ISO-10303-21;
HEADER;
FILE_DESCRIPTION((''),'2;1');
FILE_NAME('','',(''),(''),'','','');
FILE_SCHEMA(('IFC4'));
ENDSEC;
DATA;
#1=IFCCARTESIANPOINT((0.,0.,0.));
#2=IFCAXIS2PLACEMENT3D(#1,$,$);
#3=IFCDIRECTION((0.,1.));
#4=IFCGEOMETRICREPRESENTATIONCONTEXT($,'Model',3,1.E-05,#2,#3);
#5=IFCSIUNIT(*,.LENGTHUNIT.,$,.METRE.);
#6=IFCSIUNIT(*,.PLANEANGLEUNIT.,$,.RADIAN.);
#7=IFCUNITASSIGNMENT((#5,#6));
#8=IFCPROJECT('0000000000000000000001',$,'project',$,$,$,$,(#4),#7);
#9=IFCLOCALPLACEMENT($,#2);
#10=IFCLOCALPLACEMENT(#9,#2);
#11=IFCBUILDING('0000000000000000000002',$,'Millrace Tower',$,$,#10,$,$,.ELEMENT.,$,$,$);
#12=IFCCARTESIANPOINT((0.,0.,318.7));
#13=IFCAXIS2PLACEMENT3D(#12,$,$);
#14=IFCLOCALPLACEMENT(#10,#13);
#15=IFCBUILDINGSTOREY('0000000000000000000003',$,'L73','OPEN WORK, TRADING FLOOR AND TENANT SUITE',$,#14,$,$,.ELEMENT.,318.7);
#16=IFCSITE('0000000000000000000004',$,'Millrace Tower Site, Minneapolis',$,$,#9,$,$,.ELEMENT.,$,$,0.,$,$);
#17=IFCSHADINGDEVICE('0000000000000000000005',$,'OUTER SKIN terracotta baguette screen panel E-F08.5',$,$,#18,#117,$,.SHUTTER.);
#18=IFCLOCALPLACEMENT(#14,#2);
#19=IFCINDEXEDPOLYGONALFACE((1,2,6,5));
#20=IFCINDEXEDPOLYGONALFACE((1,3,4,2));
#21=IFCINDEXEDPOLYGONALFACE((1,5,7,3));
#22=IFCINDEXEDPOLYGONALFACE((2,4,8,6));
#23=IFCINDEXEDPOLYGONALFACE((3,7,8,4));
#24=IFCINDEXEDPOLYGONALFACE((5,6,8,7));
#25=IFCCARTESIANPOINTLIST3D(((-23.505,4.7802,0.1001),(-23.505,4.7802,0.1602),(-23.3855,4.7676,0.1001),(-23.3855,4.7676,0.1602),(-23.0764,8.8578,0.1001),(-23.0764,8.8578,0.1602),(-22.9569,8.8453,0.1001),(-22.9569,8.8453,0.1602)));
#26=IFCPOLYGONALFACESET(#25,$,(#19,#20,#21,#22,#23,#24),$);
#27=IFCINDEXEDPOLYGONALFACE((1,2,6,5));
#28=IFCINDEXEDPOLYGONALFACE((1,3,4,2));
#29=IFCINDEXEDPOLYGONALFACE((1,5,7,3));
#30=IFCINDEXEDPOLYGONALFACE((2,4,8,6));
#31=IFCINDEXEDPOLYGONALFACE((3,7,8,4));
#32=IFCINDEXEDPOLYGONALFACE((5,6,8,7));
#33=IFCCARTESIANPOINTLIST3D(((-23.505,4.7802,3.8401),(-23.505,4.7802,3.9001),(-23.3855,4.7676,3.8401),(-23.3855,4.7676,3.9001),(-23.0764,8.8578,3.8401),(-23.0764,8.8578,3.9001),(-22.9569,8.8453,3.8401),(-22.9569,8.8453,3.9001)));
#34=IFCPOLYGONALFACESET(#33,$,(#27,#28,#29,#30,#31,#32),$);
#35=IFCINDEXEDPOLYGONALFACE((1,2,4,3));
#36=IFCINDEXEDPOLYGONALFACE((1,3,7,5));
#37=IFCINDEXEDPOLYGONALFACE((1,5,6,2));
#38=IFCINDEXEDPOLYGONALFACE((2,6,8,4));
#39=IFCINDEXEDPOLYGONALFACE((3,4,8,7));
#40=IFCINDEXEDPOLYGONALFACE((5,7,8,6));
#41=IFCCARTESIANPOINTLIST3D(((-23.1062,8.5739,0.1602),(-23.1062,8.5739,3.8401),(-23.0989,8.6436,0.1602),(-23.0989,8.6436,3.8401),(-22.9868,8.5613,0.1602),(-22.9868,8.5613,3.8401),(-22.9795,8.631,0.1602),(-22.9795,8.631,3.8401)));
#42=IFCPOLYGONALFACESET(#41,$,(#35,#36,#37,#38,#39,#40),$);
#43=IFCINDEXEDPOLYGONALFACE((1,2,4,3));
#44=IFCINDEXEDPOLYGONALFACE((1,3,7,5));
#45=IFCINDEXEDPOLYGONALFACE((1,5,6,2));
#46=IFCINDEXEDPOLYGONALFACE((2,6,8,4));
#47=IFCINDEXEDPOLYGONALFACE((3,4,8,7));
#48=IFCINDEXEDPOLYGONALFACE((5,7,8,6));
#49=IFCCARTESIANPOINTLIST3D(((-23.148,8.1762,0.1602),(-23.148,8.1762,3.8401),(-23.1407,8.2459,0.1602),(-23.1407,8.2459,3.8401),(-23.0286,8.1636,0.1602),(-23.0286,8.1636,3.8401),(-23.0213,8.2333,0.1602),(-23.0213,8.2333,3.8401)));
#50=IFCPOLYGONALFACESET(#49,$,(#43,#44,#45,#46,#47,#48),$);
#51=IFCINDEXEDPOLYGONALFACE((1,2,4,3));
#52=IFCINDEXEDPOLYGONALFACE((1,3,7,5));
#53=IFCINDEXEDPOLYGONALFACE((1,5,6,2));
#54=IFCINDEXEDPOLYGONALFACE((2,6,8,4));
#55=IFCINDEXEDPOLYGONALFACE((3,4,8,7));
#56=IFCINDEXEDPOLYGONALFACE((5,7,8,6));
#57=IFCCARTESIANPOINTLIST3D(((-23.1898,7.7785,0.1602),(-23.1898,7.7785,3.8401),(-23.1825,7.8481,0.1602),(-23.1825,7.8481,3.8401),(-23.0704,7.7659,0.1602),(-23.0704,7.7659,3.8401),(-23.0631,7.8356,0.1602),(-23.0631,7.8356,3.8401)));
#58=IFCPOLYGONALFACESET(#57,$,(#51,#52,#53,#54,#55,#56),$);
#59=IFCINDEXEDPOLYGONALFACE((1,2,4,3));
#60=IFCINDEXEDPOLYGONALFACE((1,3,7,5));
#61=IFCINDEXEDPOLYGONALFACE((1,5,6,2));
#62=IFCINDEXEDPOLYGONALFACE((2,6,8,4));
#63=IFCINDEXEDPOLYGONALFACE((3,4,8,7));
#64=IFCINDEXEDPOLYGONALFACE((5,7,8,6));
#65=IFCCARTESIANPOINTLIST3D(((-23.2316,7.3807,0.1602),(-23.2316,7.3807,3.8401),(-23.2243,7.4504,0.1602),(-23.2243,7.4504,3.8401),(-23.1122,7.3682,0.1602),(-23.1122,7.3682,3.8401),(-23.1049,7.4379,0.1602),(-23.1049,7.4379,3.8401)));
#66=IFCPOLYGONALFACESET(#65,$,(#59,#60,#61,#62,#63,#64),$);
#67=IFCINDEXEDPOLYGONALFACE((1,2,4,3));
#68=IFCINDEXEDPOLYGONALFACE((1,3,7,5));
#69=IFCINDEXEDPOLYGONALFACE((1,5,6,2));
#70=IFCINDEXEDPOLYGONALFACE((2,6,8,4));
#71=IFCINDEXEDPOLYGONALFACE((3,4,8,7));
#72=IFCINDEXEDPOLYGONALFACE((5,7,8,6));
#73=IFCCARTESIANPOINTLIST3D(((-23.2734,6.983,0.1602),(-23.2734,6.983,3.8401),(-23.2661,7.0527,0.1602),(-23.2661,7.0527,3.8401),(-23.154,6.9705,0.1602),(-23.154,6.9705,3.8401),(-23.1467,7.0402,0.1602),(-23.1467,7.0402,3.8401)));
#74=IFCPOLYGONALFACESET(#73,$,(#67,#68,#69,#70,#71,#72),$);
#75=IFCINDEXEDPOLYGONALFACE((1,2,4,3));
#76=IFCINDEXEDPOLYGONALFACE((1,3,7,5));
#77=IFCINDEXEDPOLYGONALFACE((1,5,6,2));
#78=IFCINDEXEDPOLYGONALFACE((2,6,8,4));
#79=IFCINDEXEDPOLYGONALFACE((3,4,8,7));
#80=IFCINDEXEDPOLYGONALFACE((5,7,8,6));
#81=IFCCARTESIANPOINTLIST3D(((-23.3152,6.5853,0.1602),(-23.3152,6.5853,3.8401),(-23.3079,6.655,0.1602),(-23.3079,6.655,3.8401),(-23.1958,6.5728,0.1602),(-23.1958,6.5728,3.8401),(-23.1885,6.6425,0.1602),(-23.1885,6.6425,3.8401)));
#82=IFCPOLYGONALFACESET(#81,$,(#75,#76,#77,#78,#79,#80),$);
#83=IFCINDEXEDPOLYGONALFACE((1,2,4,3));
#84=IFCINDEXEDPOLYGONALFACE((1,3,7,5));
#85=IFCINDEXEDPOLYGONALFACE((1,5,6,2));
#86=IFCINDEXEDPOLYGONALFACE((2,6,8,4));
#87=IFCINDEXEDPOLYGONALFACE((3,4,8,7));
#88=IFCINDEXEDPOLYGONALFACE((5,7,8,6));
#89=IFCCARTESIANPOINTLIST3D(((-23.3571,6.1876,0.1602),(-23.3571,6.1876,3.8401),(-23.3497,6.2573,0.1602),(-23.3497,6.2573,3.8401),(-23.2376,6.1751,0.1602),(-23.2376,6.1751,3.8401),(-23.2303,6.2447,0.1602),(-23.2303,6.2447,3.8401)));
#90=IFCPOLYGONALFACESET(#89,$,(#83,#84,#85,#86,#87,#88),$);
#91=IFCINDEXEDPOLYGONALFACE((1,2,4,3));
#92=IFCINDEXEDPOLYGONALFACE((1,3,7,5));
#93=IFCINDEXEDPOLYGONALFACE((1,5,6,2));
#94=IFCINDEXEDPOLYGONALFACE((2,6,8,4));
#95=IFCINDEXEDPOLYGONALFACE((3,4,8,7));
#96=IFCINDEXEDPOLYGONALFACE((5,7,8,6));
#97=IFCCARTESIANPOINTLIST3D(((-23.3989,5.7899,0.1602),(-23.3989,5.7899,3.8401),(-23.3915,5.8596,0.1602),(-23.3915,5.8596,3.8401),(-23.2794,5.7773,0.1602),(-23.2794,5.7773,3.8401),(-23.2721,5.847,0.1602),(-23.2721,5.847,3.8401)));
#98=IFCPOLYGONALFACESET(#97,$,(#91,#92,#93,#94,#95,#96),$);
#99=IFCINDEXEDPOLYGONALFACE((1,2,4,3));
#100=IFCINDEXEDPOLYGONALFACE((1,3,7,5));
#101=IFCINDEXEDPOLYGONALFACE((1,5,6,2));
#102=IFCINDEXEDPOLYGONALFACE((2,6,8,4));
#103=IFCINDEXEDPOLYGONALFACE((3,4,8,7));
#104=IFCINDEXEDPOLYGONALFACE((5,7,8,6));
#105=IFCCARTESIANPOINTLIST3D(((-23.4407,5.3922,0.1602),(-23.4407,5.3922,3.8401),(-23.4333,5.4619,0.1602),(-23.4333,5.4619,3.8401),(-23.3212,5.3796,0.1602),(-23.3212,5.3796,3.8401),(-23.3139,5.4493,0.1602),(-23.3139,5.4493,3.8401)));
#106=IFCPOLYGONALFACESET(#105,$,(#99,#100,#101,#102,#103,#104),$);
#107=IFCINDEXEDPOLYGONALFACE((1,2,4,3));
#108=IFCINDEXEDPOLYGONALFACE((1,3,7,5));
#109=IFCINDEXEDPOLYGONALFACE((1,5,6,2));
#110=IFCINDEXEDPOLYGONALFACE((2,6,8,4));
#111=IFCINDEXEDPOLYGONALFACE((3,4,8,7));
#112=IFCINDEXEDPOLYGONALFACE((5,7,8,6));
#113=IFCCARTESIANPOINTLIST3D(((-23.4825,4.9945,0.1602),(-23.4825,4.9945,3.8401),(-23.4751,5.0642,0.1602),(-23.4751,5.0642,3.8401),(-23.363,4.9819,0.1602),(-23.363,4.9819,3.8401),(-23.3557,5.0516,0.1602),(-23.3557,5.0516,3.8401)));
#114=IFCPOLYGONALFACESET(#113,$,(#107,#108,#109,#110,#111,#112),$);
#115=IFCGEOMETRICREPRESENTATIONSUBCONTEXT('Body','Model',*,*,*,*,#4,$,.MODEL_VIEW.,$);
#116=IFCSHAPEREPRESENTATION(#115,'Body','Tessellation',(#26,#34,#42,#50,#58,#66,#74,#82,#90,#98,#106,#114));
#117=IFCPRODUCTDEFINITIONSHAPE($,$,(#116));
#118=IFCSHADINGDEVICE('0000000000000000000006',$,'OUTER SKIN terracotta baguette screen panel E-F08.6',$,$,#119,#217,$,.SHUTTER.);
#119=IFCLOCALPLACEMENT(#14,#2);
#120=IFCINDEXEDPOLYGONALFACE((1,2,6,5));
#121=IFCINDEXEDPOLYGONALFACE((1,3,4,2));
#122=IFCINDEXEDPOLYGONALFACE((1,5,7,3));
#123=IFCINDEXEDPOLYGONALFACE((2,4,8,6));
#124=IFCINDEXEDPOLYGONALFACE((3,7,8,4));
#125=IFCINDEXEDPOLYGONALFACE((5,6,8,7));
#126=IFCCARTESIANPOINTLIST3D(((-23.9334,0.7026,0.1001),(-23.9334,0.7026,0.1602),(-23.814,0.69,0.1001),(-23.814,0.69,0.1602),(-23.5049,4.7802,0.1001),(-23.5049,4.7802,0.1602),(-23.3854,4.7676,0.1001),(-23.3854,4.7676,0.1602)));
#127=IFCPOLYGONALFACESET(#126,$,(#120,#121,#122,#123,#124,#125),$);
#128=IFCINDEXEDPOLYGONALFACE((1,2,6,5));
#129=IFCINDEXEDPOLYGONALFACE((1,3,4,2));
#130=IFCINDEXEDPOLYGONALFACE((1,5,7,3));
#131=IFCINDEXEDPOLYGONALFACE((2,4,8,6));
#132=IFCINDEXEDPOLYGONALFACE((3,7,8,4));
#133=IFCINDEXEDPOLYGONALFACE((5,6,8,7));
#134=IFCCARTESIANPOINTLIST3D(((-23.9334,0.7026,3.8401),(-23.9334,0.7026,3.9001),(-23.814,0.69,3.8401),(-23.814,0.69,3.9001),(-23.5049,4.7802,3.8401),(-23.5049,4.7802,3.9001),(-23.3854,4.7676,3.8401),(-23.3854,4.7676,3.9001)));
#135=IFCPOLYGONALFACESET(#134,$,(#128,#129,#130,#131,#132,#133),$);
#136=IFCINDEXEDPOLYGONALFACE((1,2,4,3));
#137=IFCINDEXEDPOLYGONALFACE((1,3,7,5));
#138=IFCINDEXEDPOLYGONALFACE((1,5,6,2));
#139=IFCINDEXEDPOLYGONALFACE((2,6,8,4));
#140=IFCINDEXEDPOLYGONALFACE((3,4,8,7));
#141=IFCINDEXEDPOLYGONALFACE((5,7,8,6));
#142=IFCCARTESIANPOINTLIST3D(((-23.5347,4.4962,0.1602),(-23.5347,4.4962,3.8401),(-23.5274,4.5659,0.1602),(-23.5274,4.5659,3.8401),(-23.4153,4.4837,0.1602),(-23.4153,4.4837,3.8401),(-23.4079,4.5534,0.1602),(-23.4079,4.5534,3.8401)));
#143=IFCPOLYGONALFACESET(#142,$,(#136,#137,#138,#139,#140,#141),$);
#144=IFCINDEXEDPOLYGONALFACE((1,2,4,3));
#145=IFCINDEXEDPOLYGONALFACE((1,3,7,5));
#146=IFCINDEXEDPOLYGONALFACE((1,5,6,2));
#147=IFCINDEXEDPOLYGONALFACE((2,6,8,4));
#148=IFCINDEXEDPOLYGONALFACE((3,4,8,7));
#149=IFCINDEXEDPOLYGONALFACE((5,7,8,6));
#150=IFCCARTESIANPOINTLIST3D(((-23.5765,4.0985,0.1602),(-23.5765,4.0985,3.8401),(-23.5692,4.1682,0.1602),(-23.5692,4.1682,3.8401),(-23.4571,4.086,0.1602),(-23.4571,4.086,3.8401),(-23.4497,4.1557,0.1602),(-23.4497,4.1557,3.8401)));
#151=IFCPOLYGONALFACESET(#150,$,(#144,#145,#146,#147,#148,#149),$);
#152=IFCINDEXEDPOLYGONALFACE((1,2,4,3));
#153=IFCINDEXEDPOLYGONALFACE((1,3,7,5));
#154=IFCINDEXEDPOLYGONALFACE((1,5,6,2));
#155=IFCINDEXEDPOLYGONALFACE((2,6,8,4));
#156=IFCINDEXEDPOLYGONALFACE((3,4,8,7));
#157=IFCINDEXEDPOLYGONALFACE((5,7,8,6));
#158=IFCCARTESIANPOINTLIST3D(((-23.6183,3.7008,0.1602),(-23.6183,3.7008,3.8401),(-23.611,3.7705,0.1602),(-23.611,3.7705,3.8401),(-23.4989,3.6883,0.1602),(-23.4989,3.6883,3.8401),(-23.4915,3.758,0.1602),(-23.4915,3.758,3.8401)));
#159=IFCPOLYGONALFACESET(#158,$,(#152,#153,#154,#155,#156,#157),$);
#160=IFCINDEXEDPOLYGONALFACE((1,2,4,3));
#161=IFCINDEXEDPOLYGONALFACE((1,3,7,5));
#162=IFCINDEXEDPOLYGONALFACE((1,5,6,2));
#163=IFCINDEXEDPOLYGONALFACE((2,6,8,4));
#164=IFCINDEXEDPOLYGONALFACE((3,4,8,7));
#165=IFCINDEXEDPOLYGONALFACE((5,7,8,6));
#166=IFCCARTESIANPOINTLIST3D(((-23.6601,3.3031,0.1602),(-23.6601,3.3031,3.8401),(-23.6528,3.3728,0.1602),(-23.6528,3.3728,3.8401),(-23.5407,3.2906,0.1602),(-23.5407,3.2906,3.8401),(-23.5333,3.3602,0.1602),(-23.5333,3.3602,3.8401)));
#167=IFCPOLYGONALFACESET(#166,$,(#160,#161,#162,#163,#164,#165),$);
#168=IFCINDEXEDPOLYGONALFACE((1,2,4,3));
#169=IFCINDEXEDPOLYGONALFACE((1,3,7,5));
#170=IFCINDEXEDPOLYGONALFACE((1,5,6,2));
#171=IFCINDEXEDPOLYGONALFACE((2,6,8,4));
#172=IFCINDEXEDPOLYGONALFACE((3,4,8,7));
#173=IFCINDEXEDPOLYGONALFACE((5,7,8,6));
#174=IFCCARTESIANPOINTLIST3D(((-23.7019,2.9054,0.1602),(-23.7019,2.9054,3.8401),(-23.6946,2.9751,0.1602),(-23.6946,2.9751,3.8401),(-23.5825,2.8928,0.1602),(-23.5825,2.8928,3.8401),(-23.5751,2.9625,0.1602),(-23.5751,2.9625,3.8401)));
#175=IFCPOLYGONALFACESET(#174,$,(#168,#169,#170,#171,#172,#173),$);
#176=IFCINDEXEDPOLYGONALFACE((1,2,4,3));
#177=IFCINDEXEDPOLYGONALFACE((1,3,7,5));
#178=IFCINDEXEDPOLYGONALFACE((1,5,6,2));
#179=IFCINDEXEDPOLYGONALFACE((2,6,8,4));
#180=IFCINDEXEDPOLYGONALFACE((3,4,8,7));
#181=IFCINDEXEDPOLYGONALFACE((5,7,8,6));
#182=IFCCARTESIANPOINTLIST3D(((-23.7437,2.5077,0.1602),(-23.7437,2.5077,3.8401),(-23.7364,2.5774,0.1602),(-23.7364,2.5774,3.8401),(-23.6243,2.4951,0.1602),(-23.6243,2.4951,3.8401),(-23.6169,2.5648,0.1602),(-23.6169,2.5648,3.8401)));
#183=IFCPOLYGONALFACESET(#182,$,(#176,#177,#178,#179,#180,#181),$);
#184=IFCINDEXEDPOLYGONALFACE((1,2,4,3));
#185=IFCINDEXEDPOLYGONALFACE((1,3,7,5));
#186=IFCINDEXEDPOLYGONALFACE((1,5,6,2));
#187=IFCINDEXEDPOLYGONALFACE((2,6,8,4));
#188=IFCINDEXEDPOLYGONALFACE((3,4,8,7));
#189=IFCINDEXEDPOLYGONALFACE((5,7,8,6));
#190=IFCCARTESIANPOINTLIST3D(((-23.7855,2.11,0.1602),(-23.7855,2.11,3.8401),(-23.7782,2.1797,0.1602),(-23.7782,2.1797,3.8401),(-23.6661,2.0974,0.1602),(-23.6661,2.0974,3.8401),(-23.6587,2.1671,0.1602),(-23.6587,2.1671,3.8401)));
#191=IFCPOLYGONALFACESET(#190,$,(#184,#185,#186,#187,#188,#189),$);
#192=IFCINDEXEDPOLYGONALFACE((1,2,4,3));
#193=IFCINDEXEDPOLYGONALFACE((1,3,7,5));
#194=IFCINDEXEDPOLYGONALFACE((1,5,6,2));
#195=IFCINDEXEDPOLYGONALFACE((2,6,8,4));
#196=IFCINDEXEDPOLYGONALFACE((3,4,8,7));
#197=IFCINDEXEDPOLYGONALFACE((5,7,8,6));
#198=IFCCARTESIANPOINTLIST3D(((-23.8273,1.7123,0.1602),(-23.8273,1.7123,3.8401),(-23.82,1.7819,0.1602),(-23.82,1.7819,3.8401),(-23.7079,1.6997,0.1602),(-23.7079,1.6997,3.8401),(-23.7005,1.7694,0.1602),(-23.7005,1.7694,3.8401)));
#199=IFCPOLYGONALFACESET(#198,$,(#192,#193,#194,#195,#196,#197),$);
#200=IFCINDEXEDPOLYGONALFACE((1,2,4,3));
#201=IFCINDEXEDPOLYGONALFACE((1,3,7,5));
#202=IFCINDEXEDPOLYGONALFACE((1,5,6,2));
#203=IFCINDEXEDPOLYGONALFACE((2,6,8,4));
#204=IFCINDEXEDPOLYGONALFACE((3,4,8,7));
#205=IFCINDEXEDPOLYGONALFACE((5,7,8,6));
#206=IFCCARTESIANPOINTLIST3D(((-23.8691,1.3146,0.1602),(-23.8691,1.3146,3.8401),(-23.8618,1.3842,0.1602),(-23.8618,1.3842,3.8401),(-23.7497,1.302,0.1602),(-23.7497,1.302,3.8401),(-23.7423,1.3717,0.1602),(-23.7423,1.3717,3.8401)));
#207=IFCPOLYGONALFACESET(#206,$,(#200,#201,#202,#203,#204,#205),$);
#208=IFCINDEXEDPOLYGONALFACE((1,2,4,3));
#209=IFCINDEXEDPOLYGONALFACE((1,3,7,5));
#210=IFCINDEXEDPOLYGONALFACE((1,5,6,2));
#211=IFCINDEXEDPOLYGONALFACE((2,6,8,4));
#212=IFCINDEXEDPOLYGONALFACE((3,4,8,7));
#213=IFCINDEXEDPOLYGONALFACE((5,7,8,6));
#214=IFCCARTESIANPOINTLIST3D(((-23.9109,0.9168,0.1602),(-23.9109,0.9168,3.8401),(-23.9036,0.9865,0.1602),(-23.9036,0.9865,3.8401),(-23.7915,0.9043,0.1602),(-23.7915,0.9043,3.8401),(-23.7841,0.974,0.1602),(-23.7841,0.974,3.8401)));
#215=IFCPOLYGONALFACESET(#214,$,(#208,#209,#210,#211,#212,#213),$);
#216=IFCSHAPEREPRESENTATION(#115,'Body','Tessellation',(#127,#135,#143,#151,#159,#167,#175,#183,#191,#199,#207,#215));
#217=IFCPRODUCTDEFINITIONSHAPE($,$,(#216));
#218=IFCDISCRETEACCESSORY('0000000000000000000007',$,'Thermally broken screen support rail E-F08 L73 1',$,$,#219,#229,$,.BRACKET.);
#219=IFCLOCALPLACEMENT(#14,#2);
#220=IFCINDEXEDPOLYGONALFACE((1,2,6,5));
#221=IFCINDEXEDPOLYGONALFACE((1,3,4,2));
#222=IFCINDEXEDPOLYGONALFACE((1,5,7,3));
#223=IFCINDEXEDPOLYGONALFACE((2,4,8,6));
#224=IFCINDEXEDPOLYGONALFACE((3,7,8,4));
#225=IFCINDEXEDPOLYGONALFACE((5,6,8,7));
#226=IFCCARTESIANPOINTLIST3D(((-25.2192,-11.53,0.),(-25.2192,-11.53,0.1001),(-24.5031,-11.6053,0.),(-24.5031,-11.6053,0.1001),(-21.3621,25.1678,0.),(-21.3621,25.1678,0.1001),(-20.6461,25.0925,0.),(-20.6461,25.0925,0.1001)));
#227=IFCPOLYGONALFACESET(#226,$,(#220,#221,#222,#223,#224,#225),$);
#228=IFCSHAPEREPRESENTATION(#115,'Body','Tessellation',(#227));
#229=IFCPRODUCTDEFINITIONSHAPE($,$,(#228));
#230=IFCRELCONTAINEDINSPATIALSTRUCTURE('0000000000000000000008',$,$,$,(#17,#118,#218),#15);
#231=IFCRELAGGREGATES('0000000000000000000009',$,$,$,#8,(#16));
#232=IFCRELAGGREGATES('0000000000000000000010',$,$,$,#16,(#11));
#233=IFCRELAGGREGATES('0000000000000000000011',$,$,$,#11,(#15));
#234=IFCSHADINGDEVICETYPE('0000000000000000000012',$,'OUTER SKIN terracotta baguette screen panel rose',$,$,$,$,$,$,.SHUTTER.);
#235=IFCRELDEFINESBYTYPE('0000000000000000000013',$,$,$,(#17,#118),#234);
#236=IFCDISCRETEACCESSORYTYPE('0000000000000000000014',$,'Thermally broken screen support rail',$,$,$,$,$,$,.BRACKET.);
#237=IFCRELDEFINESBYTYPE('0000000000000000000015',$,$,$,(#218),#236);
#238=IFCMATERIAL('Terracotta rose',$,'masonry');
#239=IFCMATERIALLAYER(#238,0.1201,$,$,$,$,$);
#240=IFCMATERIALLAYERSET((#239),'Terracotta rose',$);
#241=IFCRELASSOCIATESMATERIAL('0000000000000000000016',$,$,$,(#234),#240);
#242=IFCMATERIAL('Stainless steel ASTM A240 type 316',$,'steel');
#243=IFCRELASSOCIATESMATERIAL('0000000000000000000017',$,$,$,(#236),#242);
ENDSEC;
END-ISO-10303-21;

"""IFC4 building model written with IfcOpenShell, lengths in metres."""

from ifc_helpers import new_model, entity, si_unit, direction, frame, frame_2d, origin, origin_2d, place, context, subcontext, project, spatial, rectangle, extrude, source, transform, mapped, material, layer, layer_set, type_object, element, save


model = new_model("IFC4")

# Units and contexts
model_context = context("Model", 3, precision=1e-05, world=origin(), true_north=direction((0.0, 1.0)))
body_context = subcontext(model_context, "Body", "Model", "MODEL_VIEW")
ifc_project = project(units=[si_unit("LENGTHUNIT", "METRE"), si_unit("PLANEANGLEUNIT", "RADIAN")], contexts=[model_context])

# Site, building, storey
site_placement = place(None, origin())
site = spatial("IfcSite", under=ifc_project, at=site_placement, Name="Millrace Tower Site, Minneapolis", CompositionType="ELEMENT", RefElevation=0.0)
building_placement = place(site_placement, origin())
building = spatial("IfcBuilding", under=site, at=building_placement, Name="Millrace Tower", CompositionType="ELEMENT")
storey_placement = place(building_placement, frame((0.0, 0.0, 318.7)))
storey = spatial("IfcBuildingStorey", under=building, at=storey_placement, Name="L73", Description="OPEN WORK, TRADING FLOOR AND TENANT SUITE", CompositionType="ELEMENT", Elevation=318.7)

# Shading devices
ifc_material_1 = material(Name="Terracotta rose", Category="masonry")
ifc_layer_1 = layer(ifc_material_1, 0.1201)
ifc_layer_set_1 = layer_set([ifc_layer_1], Name="Terracotta rose")
shading_device_type = type_object("IfcShadingDeviceType", Name="OUTER SKIN terracotta baguette screen panel rose", PredefinedType="SHUTTER", material=ifc_layer_set_1)
cartesian_point = entity("IfcCartesianPoint", [-2.05, 0.0601])
shared_polyline = entity("IfcPolyline", [cartesian_point, entity("IfcCartesianPoint", [2.05, 0.0601]), entity("IfcCartesianPoint", [2.05, -0.0601]), entity("IfcCartesianPoint", [-2.05, -0.0601]), cartesian_point])
shared_shape = source(origin(), body_context, "Body", "SweptSolid", [
    entity("IfcExtrudedAreaSolid", entity("IfcArbitraryClosedProfileDef", "AREA", None, shared_polyline), entity("IfcAxis2Placement3D", entity("IfcCartesianPoint", [0.0, 0.0, 0.0])), entity("IfcDirection", [0.0, 0.0, 1.0]), 0.0601),
    entity("IfcExtrudedAreaSolid", entity("IfcArbitraryClosedProfileDef", "AREA", None, shared_polyline), entity("IfcAxis2Placement3D", entity("IfcCartesianPoint", [0.0, 0.0, 3.74])), entity("IfcDirection", [0.0, 0.0, 1.0]), 0.0601),
    extrude(rectangle(XDim=0.0701, YDim=0.1201, at=frame_2d((-1.7996, 0.0))), frame((0.0, 0.0, 0.0601)), (0.0, 0.0, 1.0), 3.6799),
    extrude(rectangle(XDim=0.0701, YDim=0.1201, at=frame_2d((-1.3997, 0.0))), frame((0.0, 0.0, 0.0601)), (0.0, 0.0, 1.0), 3.6799),
    extrude(rectangle(XDim=0.0701, YDim=0.1201, at=frame_2d((-0.9998, 0.0))), frame((0.0, 0.0, 0.0601)), (0.0, 0.0, 1.0), 3.6799),
    extrude(rectangle(XDim=0.0701, YDim=0.1201, at=frame_2d((-0.5999, 0.0))), frame((0.0, 0.0, 0.0601)), (0.0, 0.0, 1.0), 3.6799),
    extrude(rectangle(XDim=0.0701, YDim=0.1201, at=frame_2d((-0.2, 0.0))), frame((0.0, 0.0, 0.0601)), (0.0, 0.0, 1.0), 3.6799),
    extrude(rectangle(XDim=0.0701, YDim=0.1201, at=frame_2d((0.2, 0.0))), frame((0.0, 0.0, 0.0601)), (0.0, 0.0, 1.0), 3.6799),
    extrude(rectangle(XDim=0.0701, YDim=0.1201, at=frame_2d((0.5999, 0.0))), frame((0.0, 0.0, 0.0601)), (0.0, 0.0, 1.0), 3.6799),
    extrude(rectangle(XDim=0.0701, YDim=0.1201, at=frame_2d((0.9998, 0.0))), frame((0.0, 0.0, 0.0601)), (0.0, 0.0, 1.0), 3.6799),
    extrude(rectangle(XDim=0.0701, YDim=0.1201, at=frame_2d((1.3997, 0.0))), frame((0.0, 0.0, 0.0601)), (0.0, 0.0, 1.0), 3.6799),
    extrude(rectangle(XDim=0.0701, YDim=0.1201, at=frame_2d((1.7996, 0.0))), frame((0.0, 0.0, 0.0601)), (0.0, 0.0, 1.0), 3.6799),
])
for number, where, z_axis, x_axis, name in (
    (1, (-23.231, 6.8127, 0.1001), (0.0, 0.0, 1.0), (-0.104528, -0.994522, 0.0), "OUTER SKIN terracotta baguette screen panel E-F08.5"),
    (2, (-23.6594, 2.7351, 0.1001), (0.0, 0.0, 1.0), (-0.104528, -0.994522, 0.0), "OUTER SKIN terracotta baguette screen panel E-F08.6"),
):
    element("IfcShadingDevice", number, at=place(storey_placement, frame(where, z_axis=z_axis, x_axis=x_axis)), inside=storey, type_object=shading_device_type, Name=name, PredefinedType="SHUTTER", context=body_context, shape_type="MappedRepresentation", body=[
        mapped(shared_shape, transform((0.0, 0.0, 0.0), scale=1.0)),
    ])

# Discrete accessory
ifc_material_2 = material(Name="Stainless steel ASTM A240 type 316", Category="steel")
discrete_accessory_type = type_object("IfcDiscreteAccessoryType", Name="Thermally broken screen support rail", PredefinedType="BRACKET", material=ifc_material_2)
discrete_accessory_placement = place(storey_placement, frame((-22.9326, 6.7812, 0.0), z_axis=(0.0, 0.0, 1.0), x_axis=(-0.104528, -0.994522, 0.0)))
element("IfcDiscreteAccessory", 3, at=discrete_accessory_placement, inside=storey, type_object=discrete_accessory_type, Name="Thermally broken screen support rail E-F08 L73 1", PredefinedType="BRACKET", context=body_context, shape_type="SweptSolid", body=[
    extrude(rectangle(XDim=36.8999, YDim=0.72, at=origin_2d()), origin(), (0.0, 0.0, 1.0), 0.1001),
])

save(model, "model.ifc")
